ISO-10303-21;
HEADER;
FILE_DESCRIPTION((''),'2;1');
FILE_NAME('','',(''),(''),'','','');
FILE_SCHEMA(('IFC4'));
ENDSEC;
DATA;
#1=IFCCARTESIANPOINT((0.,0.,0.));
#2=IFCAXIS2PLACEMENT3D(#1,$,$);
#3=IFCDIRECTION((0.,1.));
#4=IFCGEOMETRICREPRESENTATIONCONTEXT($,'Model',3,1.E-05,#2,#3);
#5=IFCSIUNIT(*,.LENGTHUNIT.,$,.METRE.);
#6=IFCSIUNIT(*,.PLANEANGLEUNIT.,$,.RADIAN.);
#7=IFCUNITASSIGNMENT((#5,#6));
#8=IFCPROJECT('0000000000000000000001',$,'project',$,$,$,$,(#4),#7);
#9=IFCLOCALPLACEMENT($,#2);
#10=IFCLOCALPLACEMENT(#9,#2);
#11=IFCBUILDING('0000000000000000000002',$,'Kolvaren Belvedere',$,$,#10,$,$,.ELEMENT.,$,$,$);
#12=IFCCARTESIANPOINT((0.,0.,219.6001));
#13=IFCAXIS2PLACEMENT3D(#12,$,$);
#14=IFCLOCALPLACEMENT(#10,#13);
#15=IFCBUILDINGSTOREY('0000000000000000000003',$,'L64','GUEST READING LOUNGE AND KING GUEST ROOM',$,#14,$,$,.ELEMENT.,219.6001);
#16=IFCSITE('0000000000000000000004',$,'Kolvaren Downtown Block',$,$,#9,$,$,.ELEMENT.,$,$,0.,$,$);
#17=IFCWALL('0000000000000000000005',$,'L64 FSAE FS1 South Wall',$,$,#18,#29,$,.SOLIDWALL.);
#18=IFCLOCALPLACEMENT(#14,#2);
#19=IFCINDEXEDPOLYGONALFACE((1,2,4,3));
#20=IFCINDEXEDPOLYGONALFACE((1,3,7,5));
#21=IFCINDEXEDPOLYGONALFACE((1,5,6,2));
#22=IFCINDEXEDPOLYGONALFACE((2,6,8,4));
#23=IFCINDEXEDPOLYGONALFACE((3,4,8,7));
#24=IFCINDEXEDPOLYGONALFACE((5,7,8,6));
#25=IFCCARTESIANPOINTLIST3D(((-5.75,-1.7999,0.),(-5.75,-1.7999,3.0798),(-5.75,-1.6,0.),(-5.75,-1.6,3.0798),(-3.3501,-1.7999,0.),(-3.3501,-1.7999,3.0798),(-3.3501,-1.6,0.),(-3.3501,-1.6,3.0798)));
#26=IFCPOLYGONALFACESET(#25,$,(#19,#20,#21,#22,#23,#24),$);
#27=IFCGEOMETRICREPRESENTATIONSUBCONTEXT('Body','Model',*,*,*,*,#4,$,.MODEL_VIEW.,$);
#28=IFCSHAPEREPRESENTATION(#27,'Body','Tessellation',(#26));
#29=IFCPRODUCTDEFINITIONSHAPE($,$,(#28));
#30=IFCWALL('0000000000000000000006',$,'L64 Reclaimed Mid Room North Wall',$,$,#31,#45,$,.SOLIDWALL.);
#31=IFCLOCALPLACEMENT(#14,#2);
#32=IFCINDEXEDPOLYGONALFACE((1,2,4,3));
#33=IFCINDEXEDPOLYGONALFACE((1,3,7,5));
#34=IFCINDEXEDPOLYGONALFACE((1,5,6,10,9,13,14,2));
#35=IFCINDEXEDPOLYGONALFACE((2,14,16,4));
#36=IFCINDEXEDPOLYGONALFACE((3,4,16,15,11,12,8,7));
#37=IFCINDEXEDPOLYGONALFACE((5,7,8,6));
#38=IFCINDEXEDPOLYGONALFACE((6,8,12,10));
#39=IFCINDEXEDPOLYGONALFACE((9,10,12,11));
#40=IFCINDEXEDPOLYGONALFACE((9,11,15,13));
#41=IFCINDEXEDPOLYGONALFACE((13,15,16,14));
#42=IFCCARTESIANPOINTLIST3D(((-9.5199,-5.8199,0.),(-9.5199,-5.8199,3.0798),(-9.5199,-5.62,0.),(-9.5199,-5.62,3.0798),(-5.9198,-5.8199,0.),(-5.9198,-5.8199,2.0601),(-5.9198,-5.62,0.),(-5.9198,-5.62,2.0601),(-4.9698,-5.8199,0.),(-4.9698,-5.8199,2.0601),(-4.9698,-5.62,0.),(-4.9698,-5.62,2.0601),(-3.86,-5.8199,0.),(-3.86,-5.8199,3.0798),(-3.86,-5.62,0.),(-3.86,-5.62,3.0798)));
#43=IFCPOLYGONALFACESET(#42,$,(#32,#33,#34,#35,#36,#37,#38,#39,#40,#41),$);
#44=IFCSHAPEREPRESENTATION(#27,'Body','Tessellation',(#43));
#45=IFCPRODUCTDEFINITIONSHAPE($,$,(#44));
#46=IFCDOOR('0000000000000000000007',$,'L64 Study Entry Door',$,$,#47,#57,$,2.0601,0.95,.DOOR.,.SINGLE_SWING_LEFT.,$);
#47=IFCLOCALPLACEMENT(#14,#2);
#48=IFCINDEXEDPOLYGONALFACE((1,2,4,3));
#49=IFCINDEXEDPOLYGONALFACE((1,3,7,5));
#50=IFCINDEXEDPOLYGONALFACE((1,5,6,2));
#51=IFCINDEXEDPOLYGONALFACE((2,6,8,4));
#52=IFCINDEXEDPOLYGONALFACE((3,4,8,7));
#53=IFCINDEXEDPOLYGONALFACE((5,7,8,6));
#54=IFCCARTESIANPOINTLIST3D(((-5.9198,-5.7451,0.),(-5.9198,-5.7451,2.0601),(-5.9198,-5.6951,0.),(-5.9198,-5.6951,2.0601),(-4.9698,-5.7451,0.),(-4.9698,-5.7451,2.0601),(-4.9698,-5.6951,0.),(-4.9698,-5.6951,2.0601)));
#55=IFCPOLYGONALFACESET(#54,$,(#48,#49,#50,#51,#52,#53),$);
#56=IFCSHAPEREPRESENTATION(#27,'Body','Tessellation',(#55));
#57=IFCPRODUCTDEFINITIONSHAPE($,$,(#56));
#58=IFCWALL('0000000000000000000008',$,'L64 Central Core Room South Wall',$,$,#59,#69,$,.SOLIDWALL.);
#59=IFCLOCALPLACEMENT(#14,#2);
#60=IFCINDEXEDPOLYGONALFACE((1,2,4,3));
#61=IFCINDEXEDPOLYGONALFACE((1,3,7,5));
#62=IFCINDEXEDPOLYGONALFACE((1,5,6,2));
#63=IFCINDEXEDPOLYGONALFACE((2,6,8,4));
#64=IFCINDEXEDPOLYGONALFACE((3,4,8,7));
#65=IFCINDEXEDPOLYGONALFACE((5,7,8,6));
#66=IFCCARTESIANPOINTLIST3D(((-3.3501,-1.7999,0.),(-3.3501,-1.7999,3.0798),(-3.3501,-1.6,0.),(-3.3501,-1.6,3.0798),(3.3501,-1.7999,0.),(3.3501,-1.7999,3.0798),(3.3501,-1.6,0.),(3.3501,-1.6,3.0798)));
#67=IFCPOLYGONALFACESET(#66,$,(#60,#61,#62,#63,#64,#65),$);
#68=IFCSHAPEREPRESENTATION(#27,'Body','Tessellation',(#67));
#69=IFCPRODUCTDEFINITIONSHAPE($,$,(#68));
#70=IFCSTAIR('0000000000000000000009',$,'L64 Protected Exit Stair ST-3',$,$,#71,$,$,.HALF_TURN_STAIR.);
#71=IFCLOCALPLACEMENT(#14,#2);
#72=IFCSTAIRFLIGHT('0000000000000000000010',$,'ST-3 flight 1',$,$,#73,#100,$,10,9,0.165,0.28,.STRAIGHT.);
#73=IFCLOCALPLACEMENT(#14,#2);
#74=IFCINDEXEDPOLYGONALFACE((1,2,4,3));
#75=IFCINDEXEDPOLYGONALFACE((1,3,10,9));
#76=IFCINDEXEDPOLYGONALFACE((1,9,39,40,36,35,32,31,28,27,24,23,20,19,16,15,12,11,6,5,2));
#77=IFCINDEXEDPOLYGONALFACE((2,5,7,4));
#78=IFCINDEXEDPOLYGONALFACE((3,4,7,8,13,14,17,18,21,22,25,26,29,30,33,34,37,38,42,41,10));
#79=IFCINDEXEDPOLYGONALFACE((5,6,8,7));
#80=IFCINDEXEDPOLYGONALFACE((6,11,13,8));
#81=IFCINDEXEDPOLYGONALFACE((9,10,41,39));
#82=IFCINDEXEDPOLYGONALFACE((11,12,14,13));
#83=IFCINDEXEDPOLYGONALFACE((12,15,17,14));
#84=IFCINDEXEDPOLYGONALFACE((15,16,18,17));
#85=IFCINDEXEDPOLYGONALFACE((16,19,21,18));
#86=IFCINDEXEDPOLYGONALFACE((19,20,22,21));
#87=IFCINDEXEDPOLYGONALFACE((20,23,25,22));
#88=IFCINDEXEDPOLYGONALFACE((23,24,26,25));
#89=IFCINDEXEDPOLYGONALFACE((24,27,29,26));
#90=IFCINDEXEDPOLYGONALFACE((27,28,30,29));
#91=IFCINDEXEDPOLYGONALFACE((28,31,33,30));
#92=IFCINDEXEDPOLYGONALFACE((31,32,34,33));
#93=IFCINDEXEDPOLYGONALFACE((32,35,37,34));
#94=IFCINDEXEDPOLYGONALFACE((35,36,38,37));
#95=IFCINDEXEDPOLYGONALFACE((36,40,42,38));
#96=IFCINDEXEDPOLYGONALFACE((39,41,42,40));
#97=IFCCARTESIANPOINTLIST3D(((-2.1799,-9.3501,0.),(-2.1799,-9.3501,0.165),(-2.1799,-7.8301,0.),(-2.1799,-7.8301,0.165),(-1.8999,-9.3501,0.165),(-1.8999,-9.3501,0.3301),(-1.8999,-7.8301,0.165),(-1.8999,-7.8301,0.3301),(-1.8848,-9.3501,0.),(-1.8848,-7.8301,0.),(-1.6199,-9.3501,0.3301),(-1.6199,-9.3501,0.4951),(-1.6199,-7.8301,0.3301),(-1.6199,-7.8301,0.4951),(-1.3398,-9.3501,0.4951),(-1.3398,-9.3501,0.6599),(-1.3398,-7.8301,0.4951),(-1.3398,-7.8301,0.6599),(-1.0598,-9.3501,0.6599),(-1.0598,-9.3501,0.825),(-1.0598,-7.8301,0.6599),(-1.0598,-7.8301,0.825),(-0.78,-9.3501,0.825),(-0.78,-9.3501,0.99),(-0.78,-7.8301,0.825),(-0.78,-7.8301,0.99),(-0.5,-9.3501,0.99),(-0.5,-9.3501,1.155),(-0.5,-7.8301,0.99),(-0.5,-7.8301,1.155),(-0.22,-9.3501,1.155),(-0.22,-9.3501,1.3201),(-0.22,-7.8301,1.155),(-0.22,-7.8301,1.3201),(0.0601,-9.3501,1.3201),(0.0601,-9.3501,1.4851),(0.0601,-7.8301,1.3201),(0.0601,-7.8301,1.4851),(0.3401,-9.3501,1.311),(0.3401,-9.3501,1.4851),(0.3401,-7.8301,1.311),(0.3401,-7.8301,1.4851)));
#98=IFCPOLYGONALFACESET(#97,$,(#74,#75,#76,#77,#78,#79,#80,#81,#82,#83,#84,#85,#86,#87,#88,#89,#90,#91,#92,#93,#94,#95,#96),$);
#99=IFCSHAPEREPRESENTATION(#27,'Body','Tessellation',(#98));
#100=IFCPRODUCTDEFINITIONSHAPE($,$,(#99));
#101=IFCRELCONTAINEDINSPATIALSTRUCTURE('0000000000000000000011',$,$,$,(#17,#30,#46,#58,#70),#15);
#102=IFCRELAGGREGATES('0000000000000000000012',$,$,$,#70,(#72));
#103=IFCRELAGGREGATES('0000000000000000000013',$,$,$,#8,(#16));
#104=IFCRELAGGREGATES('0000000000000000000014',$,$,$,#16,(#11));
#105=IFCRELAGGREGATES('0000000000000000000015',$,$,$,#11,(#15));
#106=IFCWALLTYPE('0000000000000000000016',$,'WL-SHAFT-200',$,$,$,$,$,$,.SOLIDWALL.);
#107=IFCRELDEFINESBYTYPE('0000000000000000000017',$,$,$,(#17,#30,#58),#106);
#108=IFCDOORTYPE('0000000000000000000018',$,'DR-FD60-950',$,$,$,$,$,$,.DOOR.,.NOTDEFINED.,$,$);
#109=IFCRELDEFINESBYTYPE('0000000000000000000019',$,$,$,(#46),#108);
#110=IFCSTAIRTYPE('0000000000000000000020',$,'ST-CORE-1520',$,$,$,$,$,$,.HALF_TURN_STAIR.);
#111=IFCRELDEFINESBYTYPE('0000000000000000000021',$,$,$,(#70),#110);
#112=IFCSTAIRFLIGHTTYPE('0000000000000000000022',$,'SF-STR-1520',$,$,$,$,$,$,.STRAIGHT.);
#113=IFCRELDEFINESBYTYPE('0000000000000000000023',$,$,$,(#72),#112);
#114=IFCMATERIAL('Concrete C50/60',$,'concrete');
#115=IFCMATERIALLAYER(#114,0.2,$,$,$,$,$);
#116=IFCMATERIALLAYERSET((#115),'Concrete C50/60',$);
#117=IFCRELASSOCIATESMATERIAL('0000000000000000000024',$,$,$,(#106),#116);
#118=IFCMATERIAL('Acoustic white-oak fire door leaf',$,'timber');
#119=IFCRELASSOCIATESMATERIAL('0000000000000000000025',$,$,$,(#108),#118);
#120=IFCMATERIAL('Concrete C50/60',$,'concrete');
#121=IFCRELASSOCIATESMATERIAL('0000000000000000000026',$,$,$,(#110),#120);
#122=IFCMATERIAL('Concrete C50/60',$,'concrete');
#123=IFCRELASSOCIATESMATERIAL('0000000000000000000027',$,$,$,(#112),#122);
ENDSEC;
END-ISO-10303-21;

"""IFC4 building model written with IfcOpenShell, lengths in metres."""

from ifc_helpers import new_model, si_unit, direction, frame, frame_2d, origin, place, context, subcontext, project, spatial, polyline, rectangle, outline, extrude, material, layer, layer_set, type_object, element, fill, aggregate, save


model = new_model("IFC4")

# Units and contexts
model_context = context("Model", 3, precision=1e-05, world=origin(), true_north=direction((0.0, 1.0)))
body_context = subcontext(model_context, "Body", "Model", "MODEL_VIEW")
ifc_project = project(units=[si_unit("LENGTHUNIT", "METRE"), si_unit("PLANEANGLEUNIT", "RADIAN")], contexts=[model_context])

# Site, building, storey
site_placement = place(None, origin())
site = spatial("IfcSite", under=ifc_project, at=site_placement, Name="Kolvaren Downtown Block", CompositionType="ELEMENT", RefElevation=0.0)
building_placement = place(site_placement, origin())
building = spatial("IfcBuilding", under=site, at=building_placement, Name="Kolvaren Belvedere", CompositionType="ELEMENT")
storey_placement = place(building_placement, frame((0.0, 0.0, 219.6001)))
storey = spatial("IfcBuildingStorey", under=building, at=storey_placement, Name="L64", Description="GUEST READING LOUNGE AND KING GUEST ROOM", CompositionType="ELEMENT", Elevation=219.6001)

# Shared definitions
ifc_material_1 = material(Name="Concrete C50/60", Category="concrete")
ifc_layer_1 = layer(ifc_material_1, 0.2)
ifc_layer_set_1 = layer_set([ifc_layer_1], Name="Concrete C50/60")
wall_type_1 = type_object("IfcWallType", Name="WL-SHAFT-200", PredefinedType="SOLIDWALL", material=ifc_layer_set_1)
ifc_material_2 = material(Name="Acoustic white-oak fire door leaf", Category="timber")
door_type_1 = type_object("IfcDoorType", Name="DR-FD60-950", OperationType="NOTDEFINED", PredefinedType="DOOR", material=ifc_material_2)

# Wall
wall_1_placement = place(storey_placement, frame((-5.75, -1.7, 0.0), z_axis=(0.0, 0.0, 1.0), x_axis=(1.0, 0.0, 0.0)))
element("IfcWall", 1, at=wall_1_placement, inside=storey, type_object=wall_type_1, Name="L64 FSAE FS1 South Wall", PredefinedType="SOLIDWALL", context=body_context, shape_type="SweptSolid", body=[
    extrude(rectangle(XDim=2.3999, YDim=0.2, at=frame_2d((1.2, 0.0))), origin(), (0.0, 0.0, 1.0), 3.0798),
])

# Wall, opening, door
wall_2_placement = place(storey_placement, frame((-9.52, -5.72, 0.0), z_axis=(0.0, 0.0, 1.0), x_axis=(1.0, 0.0, 0.0)))
wall_2 = element("IfcWall", 2, at=wall_2_placement, inside=storey, type_object=wall_type_1, Name="L64 Reclaimed Mid Room North Wall", PredefinedType="SOLIDWALL", context=body_context, shape_type="SweptSolid", body=[
    extrude(rectangle(XDim=5.6599, YDim=0.2, at=frame_2d((2.8301, 0.0))), origin(), (0.0, 0.0, 1.0), 3.0798),
])
opening_1_placement = place(wall_2_placement, frame((3.6001, 0.0, 0.0)))
opening_1 = element("IfcOpeningElement", 3, at=opening_1_placement, cuts=wall_2, PredefinedType="OPENING", context=body_context, shape_type="SweptSolid", body=[
    extrude(rectangle(XDim=0.95, YDim=2.0601, at=frame_2d((0.4751, 1.03))), frame((0.0, 0.1099, 0.0), z_axis=(0.0, -1.0, 0.0), x_axis=(1.0, 0.0, 0.0)), (0.0, 0.0, 1.0), 0.22),
])
door_1_placement = place(opening_1_placement, origin())
door_1 = element("IfcDoor", 4, at=door_1_placement, inside=storey, type_object=door_type_1, Name="L64 Study Entry Door", OperationType="SINGLE_SWING_LEFT", OverallHeight=2.0601, OverallWidth=0.95, PredefinedType="DOOR", context=body_context, shape_type="SweptSolid", body=[
    extrude(rectangle(XDim=0.95, YDim=2.0601, at=frame_2d((0.4751, 1.03))), frame((0.0, 0.0249, 0.0), z_axis=(0.0, -1.0, 0.0), x_axis=(1.0, 0.0, 0.0)), (0.0, 0.0, 1.0), 0.05),
])
fill(opening_1, door_1)

# Wall
wall_3_placement = place(storey_placement, frame((-3.3501, -1.7, 0.0), z_axis=(0.0, 0.0, 1.0), x_axis=(1.0, 0.0, 0.0)))
element("IfcWall", 5, at=wall_3_placement, inside=storey, type_object=wall_type_1, Name="L64 Central Core Room South Wall", PredefinedType="SOLIDWALL", context=body_context, shape_type="SweptSolid", body=[
    extrude(rectangle(XDim=6.7002, YDim=0.2, at=frame_2d((3.3501, 0.0))), origin(), (0.0, 0.0, 1.0), 3.0798),
])

# Stair, stair flight
ifc_material_3 = material(Name="Concrete C50/60", Category="concrete")
stair_type = type_object("IfcStairType", Name="ST-CORE-1520", PredefinedType="HALF_TURN_STAIR", material=ifc_material_3)
stair_placement = place(storey_placement, origin())
stair = element("IfcStair", 6, at=stair_placement, inside=storey, type_object=stair_type, Name="L64 Protected Exit Stair ST-3", PredefinedType="HALF_TURN_STAIR")
ifc_material_4 = material(Name="Concrete C50/60", Category="concrete")
stair_flight_type = type_object("IfcStairFlightType", Name="SF-STR-1520", PredefinedType="STRAIGHT", material=ifc_material_4)
stair_flight_placement = place(storey_placement, frame((-2.1799, -8.5901, 0.0), z_axis=(0.0, 0.0, 1.0), x_axis=(1.0, 0.0, 0.0)))
stair_flight = element("IfcStairFlight", 7, at=stair_flight_placement, type_object=stair_flight_type, Name="ST-3 flight 1", NumberOfRisers=10, NumberOfTreads=9, PredefinedType="STRAIGHT", RiserHeight=0.165, TreadLength=0.28, context=body_context, shape_type="SweptSolid", body=[
    extrude(outline(polyline([(0.0, 0.0), (0.0, 0.165), (0.28, 0.165), (0.28, 0.3301), (0.5601, 0.3301), (0.5601, 0.4951), (0.8401, 0.4951), (0.8401, 0.6599), (1.1201, 0.6599), (1.1201, 0.825), (1.3999, 0.825), (1.3999, 0.99), (1.6799, 0.99), (1.6799, 1.155), (1.96, 1.155), (1.96, 1.3201), (2.24, 1.3201), (2.24, 1.4851), (2.52, 1.4851), (2.52, 1.6499), (2.52, 1.311), (0.2952, 0.0), (0.0, 0.0)])), frame((0.0, 0.76, 0.0), z_axis=(0.0, -1.0, 0.0), x_axis=(1.0, 0.0, 0.0)), (0.0, 0.0, 1.0), 1.52),
])
aggregate(stair, [stair_flight])

save(model, "model.ifc")
